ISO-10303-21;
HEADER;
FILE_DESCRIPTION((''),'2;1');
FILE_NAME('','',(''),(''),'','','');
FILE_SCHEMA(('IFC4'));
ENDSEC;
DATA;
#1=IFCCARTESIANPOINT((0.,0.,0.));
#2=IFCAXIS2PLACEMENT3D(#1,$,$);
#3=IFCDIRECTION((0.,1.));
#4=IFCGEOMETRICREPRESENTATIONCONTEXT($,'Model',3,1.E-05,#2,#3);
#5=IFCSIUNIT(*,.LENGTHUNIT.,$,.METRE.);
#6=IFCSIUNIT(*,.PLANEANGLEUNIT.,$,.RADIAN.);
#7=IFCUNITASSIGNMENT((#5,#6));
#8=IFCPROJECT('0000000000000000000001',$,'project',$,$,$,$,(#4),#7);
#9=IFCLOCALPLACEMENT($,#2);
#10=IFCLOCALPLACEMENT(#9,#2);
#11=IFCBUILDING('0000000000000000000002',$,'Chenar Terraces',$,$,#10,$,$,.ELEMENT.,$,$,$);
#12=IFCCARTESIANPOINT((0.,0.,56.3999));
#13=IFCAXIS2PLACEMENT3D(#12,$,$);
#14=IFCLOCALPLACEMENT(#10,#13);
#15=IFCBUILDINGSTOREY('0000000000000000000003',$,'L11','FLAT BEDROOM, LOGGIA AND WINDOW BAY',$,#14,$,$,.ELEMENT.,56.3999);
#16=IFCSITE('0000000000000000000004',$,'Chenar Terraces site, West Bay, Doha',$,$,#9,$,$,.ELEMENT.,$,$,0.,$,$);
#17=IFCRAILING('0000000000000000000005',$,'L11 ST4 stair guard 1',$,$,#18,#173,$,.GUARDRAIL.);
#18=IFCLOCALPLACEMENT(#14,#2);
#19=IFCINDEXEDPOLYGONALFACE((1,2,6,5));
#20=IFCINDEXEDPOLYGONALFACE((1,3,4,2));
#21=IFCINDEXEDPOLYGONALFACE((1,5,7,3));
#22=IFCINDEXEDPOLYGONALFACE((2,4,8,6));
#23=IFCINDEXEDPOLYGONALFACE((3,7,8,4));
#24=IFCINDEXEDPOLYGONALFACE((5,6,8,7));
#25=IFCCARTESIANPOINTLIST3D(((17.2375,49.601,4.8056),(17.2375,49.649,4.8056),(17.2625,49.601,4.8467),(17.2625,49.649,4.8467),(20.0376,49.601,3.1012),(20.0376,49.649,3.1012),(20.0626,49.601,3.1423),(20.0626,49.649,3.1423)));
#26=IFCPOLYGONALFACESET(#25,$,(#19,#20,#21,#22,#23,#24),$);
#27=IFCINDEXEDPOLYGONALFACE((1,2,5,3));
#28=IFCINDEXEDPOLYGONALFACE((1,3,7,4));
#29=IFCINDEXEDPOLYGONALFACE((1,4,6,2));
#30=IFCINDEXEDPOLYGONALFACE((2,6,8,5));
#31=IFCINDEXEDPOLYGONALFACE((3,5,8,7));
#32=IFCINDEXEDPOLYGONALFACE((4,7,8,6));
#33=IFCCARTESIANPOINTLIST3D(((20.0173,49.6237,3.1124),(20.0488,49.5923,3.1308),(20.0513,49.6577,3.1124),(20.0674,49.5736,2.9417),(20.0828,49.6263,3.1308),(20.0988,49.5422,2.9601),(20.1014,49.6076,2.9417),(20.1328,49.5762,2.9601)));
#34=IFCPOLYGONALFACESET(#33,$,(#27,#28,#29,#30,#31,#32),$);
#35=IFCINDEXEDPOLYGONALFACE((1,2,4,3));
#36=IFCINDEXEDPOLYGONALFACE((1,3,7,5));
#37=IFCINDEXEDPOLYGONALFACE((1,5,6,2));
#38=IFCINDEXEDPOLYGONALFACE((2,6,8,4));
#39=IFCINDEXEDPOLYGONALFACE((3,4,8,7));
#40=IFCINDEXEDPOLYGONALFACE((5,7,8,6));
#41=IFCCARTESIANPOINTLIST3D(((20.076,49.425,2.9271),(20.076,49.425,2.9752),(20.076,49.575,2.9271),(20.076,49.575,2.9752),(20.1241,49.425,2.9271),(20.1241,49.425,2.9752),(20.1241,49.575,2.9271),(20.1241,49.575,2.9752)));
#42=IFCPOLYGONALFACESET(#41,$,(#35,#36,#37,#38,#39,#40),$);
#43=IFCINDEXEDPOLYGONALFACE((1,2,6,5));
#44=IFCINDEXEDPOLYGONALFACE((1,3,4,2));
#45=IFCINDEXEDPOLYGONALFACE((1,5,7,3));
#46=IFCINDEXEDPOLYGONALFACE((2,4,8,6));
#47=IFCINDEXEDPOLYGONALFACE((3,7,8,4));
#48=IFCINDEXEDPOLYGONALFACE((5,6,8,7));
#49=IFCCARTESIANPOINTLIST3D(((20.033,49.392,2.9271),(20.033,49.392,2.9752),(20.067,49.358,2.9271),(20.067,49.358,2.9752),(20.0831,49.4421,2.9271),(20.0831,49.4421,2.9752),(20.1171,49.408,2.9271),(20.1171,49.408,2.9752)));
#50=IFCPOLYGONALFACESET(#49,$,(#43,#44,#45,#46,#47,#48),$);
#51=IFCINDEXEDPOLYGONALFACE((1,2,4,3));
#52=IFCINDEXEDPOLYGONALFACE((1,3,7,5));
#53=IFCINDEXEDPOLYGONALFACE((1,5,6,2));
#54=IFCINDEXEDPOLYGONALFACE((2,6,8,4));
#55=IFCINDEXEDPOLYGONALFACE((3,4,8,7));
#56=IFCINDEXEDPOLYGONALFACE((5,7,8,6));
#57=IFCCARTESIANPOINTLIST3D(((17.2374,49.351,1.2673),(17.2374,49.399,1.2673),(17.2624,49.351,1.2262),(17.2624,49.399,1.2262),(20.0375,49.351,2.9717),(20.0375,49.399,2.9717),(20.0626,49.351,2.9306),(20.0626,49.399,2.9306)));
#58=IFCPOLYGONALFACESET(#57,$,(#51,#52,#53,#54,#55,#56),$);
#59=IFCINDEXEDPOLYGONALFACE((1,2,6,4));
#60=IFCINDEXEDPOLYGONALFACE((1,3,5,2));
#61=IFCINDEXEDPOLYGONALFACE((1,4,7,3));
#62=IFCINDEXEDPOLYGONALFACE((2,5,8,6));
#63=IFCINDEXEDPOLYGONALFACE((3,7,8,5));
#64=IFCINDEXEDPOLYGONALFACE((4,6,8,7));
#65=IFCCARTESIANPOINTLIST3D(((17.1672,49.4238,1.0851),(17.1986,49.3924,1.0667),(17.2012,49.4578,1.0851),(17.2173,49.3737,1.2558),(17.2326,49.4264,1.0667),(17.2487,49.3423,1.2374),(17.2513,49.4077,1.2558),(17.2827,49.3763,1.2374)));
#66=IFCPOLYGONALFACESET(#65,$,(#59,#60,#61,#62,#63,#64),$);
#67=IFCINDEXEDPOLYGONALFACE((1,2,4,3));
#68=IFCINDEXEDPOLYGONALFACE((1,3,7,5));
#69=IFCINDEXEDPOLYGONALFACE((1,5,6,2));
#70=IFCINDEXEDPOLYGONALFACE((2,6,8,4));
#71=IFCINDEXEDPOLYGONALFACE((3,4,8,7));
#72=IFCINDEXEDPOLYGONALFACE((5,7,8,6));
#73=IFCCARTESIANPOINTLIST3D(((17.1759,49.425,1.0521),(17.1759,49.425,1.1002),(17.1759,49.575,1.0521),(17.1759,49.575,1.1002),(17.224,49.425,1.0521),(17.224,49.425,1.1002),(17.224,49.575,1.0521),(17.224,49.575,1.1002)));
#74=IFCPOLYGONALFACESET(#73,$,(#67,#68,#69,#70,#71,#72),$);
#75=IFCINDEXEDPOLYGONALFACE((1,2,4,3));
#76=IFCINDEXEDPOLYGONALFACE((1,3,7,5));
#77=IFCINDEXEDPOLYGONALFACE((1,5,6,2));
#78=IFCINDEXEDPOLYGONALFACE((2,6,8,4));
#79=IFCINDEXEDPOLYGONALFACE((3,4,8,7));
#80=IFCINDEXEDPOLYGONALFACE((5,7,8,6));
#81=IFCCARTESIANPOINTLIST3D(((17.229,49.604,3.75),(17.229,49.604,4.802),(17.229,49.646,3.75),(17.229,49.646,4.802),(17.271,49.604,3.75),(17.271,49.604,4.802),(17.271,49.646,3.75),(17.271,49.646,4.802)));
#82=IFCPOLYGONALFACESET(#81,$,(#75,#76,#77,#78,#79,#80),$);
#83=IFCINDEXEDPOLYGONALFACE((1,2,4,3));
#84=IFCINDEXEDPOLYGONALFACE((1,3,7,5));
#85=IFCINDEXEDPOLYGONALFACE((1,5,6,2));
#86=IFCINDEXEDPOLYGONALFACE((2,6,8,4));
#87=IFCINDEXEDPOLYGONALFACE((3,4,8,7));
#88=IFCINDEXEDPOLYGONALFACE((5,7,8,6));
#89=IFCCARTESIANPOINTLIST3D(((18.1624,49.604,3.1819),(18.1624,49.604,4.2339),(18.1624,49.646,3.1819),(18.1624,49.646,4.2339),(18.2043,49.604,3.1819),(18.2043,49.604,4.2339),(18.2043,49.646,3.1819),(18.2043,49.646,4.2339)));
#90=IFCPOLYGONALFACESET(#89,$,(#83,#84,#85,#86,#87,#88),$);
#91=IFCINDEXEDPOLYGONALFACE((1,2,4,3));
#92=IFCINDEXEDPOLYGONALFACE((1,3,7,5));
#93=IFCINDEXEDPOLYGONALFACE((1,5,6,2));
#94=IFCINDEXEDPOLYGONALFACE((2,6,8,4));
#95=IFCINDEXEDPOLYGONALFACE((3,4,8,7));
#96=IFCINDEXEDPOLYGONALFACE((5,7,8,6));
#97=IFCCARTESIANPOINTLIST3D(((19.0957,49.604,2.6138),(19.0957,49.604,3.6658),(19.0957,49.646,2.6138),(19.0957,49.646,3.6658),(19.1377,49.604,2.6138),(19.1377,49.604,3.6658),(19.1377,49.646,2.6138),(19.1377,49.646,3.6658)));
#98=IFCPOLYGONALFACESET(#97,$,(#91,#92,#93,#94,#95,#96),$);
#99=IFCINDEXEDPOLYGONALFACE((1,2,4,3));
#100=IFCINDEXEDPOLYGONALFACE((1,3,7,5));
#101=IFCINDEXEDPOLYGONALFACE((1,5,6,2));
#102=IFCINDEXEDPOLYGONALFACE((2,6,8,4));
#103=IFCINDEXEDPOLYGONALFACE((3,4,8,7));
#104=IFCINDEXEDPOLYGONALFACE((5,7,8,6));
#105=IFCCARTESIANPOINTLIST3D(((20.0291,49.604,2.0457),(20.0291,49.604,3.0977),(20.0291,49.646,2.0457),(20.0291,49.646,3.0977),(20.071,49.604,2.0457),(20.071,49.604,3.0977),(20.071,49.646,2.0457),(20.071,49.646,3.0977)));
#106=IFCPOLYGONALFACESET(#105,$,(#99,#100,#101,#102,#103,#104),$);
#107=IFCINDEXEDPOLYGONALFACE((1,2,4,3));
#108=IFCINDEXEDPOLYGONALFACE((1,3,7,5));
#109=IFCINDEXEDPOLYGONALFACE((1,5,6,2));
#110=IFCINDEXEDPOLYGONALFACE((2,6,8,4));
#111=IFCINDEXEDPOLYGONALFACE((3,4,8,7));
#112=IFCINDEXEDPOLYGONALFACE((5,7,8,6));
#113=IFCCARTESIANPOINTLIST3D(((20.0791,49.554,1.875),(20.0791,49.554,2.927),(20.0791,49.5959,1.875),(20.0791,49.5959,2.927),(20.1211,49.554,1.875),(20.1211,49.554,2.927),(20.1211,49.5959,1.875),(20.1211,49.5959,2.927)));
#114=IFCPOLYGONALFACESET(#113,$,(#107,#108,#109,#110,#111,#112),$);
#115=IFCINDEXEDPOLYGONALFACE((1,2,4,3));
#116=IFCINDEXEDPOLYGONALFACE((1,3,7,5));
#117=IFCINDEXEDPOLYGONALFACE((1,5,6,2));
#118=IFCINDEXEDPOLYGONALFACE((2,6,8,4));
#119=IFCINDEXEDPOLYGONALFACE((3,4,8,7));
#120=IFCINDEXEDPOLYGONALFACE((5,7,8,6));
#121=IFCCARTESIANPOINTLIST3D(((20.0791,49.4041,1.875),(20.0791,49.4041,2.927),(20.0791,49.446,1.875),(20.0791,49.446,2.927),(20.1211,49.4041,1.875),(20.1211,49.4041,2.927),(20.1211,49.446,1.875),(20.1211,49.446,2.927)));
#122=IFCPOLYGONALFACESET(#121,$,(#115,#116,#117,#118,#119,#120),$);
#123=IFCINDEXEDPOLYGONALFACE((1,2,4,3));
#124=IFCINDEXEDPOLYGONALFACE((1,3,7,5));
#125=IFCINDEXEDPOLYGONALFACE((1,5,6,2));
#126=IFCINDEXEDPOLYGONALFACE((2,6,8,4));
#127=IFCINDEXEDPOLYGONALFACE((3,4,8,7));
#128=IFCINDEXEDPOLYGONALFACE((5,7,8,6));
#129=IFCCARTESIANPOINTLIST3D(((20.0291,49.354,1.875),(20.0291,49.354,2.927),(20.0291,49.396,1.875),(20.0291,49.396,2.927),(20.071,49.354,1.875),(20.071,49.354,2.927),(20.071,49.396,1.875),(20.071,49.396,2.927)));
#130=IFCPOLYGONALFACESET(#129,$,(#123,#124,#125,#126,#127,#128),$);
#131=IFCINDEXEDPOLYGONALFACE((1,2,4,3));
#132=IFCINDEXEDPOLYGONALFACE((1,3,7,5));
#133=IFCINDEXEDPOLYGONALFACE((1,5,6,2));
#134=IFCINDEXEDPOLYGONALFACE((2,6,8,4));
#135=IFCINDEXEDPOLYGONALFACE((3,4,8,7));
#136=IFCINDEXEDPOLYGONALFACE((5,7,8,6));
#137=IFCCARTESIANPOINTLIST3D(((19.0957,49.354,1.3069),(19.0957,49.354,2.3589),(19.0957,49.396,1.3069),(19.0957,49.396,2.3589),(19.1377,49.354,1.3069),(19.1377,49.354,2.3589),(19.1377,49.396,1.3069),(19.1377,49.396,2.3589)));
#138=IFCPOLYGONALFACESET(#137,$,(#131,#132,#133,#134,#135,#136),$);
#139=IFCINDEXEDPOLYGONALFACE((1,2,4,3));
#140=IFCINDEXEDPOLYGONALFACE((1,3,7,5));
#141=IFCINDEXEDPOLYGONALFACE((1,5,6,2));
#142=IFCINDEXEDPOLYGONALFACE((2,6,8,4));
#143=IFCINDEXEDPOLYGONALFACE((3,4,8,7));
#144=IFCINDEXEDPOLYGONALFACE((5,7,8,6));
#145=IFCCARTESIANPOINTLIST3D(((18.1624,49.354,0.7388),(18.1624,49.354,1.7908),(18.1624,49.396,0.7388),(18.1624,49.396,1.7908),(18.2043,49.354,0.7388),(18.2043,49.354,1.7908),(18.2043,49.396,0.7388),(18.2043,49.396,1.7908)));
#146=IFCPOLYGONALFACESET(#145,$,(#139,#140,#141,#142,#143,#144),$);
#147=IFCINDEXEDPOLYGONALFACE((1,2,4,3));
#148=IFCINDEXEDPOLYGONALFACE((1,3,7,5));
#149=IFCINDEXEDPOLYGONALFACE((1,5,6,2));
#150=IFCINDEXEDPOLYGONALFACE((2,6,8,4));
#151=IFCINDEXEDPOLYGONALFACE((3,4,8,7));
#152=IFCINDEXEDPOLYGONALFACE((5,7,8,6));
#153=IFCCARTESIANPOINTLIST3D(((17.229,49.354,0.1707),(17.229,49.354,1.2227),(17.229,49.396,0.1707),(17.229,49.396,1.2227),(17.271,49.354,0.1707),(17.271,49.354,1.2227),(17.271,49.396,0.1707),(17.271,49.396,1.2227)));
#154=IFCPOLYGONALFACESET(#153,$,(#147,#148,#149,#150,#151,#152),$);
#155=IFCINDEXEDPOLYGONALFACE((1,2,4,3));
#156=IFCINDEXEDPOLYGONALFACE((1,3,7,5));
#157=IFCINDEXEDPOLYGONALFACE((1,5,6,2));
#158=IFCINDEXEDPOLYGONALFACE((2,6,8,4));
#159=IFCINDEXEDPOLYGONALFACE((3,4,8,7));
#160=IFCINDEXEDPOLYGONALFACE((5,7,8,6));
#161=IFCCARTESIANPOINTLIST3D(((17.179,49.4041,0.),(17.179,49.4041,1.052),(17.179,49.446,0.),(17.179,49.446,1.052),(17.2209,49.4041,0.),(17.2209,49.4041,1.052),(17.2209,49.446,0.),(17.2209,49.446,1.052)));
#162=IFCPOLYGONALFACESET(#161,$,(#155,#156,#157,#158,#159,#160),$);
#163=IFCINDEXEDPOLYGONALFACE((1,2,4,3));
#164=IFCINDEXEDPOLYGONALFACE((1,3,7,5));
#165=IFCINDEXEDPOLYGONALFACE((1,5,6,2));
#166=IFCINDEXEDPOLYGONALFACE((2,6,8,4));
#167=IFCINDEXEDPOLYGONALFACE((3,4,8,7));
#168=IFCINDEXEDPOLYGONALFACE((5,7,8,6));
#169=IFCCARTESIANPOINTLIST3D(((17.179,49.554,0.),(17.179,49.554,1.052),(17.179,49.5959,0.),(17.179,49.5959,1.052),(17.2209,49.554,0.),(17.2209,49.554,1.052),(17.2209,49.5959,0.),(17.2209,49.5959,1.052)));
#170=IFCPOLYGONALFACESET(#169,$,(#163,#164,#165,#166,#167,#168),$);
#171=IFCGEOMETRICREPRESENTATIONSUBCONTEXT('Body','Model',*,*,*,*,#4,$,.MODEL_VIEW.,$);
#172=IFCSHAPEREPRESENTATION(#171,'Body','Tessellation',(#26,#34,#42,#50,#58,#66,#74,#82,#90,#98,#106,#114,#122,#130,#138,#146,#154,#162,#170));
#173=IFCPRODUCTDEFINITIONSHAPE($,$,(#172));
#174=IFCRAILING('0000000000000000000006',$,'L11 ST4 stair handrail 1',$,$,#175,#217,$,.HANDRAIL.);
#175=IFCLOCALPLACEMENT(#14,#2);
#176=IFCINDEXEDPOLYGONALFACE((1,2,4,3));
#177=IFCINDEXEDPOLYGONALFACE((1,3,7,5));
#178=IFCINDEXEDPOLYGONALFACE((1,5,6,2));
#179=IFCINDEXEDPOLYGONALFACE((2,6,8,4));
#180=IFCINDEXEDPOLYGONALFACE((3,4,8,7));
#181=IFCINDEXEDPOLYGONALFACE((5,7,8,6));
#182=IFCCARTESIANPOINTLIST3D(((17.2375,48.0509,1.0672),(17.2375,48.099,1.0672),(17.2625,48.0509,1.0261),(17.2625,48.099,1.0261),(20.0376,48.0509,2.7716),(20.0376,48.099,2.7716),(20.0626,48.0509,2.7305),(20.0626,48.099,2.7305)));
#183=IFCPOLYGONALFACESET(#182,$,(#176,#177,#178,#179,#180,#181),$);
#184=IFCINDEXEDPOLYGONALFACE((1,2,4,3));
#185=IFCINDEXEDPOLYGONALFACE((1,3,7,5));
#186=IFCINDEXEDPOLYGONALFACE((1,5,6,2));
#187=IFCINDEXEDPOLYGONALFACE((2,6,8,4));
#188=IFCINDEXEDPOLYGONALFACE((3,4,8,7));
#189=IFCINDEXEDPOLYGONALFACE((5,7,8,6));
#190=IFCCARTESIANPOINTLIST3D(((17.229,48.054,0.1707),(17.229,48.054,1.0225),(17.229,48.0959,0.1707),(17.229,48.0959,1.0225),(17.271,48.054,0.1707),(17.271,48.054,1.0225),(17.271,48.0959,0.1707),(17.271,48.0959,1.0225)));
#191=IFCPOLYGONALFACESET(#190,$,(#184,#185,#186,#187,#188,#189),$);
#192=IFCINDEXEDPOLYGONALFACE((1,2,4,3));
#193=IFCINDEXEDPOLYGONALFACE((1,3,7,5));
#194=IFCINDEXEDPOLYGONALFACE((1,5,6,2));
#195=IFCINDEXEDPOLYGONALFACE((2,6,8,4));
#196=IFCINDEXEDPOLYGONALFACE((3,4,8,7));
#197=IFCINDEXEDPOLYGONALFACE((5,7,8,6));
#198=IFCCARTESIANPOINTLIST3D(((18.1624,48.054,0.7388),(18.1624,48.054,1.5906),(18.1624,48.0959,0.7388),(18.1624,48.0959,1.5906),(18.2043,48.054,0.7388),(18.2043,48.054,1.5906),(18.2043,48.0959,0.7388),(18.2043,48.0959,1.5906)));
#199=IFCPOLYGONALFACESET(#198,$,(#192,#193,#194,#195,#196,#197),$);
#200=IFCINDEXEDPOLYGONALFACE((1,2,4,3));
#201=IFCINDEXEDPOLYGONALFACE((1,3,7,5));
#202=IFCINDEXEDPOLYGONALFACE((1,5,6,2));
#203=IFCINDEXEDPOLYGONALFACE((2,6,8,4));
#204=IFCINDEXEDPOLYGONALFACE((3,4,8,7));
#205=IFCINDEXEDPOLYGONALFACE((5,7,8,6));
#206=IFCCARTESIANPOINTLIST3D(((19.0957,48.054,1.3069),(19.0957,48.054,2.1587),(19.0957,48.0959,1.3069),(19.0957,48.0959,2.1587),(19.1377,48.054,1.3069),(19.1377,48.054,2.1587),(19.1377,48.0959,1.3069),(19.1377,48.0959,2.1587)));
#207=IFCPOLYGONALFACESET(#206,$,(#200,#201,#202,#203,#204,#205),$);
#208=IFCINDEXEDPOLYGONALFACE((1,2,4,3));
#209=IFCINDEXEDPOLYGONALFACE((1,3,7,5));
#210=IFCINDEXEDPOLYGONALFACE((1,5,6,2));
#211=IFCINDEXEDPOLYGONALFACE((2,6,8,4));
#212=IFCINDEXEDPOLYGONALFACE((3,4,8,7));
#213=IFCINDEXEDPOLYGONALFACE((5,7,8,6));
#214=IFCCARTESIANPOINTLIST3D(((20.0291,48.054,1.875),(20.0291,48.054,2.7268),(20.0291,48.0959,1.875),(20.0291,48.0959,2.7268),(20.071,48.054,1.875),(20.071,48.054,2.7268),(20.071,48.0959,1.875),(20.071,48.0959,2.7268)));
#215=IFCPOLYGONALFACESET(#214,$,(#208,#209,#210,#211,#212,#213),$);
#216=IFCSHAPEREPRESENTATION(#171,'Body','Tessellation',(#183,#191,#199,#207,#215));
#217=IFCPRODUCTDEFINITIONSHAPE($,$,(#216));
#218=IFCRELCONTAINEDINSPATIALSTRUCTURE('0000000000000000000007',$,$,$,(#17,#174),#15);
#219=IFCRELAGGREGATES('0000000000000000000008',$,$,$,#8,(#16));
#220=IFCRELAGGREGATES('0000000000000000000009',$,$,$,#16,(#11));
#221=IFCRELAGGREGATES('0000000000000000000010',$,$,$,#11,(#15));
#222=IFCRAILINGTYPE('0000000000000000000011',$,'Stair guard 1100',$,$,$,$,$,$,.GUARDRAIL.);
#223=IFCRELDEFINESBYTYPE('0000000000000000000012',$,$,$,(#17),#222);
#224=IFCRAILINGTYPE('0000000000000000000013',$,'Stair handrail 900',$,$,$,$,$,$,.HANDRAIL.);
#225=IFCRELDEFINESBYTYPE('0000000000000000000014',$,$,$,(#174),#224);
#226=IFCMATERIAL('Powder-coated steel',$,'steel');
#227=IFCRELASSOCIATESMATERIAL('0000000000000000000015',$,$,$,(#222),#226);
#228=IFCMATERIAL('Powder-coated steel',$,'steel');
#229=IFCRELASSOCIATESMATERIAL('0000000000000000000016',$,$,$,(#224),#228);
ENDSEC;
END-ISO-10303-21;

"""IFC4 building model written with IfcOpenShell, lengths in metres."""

from ifc_helpers import new_model, si_unit, direction, frame, origin, origin_2d, place, context, subcontext, project, spatial, rectangle, extrude, material, type_object, element, save


model = new_model("IFC4")

# Units and contexts
model_context = context("Model", 3, precision=1e-05, world=origin(), true_north=direction((0.0, 1.0)))
body_context = subcontext(model_context, "Body", "Model", "MODEL_VIEW")
ifc_project = project(units=[si_unit("LENGTHUNIT", "METRE"), si_unit("PLANEANGLEUNIT", "RADIAN")], contexts=[model_context])

# Site, building, storey
site_placement = place(None, origin())
site = spatial("IfcSite", under=ifc_project, at=site_placement, Name="Chenar Terraces site, West Bay, Doha", CompositionType="ELEMENT", RefElevation=0.0)
building_placement = place(site_placement, origin())
building = spatial("IfcBuilding", under=site, at=building_placement, Name="Chenar Terraces", CompositionType="ELEMENT")
storey_placement = place(building_placement, frame((0.0, 0.0, 56.3999)))
storey = spatial("IfcBuildingStorey", under=building, at=storey_placement, Name="L11", Description="FLAT BEDROOM, LOGGIA AND WINDOW BAY", CompositionType="ELEMENT", Elevation=56.3999)

# Railings
ifc_material_1 = material(Name="Powder-coated steel", Category="steel")
railing_type_1 = type_object("IfcRailingType", Name="Stair guard 1100", PredefinedType="GUARDRAIL", material=ifc_material_1)
railing_1_placement = place(storey_placement, frame((17.25, 49.625, 3.75)))
element("IfcRailing", 1, at=railing_1_placement, inside=storey, type_object=railing_type_1, Name="L11 ST4 stair guard 1", PredefinedType="GUARDRAIL", context=body_context, shape_type="SweptSolid", body=[
    extrude(rectangle(XDim=0.0481, YDim=0.0481, at=origin_2d()), frame((0.0, 0.0, 1.0762), z_axis=(0.854203, 0.0, -0.51994), x_axis=(0.0, 1.0, 0.0)), (0.0, 0.0, 1.0), 3.2781),
    extrude(rectangle(XDim=0.0481, YDim=0.0481, at=origin_2d()), frame((2.8, 0.0, -0.6284), z_axis=(0.2709, -0.2709, -0.923703), x_axis=(0.707107, 0.707107, 0.0)), (0.0, 0.0, 1.0), 0.1848),
    extrude(rectangle(XDim=0.0481, YDim=0.0481, at=origin_2d()), frame((2.8501, -0.05, -0.7988), z_axis=(0.0, -1.0, 0.0), x_axis=(1.0, 0.0, 0.0)), (0.0, 0.0, 1.0), 0.1499),
    extrude(rectangle(XDim=0.0481, YDim=0.0481, at=origin_2d()), frame((2.8501, -0.2, -0.7988), z_axis=(-0.707107, -0.707107, 0.0), x_axis=(0.707107, -0.707107, 0.0)), (0.0, 0.0, 1.0), 0.0708),
    extrude(rectangle(XDim=0.0481, YDim=0.0481, at=origin_2d()), frame((2.8, -0.25, -0.7988), z_axis=(-0.854203, 0.0, -0.51994), x_axis=(0.0, -1.0, 0.0)), (0.0, 0.0, 1.0), 3.2781),
    extrude(rectangle(XDim=0.0481, YDim=0.0481, at=origin_2d()), frame((0.0, -0.25, -2.5034), z_axis=(-0.2709, 0.2709, -0.923703), x_axis=(-0.707107, -0.707107, 0.0)), (0.0, 0.0, 1.0), 0.1848),
    extrude(rectangle(XDim=0.0481, YDim=0.0481, at=origin_2d()), frame((-0.05, -0.2, -2.6738), z_axis=(0.0, 1.0, 0.0), x_axis=(-1.0, 0.0, 0.0)), (0.0, 0.0, 1.0), 0.1499),
    extrude(rectangle(XDim=0.042, YDim=0.042, at=origin_2d()), origin(), (0.0, 0.0, 1.0), 1.052),
    extrude(rectangle(XDim=0.042, YDim=0.042, at=origin_2d()), frame((0.9333, 0.0, -0.5681)), (0.0, 0.0, 1.0), 1.052),
    extrude(rectangle(XDim=0.042, YDim=0.042, at=origin_2d()), frame((1.8667, 0.0, -1.1362)), (0.0, 0.0, 1.0), 1.052),
    extrude(rectangle(XDim=0.042, YDim=0.042, at=origin_2d()), frame((2.8, 0.0, -1.7043)), (0.0, 0.0, 1.0), 1.052),
    extrude(rectangle(XDim=0.042, YDim=0.042, at=origin_2d()), frame((2.8501, -0.05, -1.875)), (0.0, 0.0, 1.0), 1.052),
    extrude(rectangle(XDim=0.042, YDim=0.042, at=origin_2d()), frame((2.8501, -0.2, -1.875)), (0.0, 0.0, 1.0), 1.052),
    extrude(rectangle(XDim=0.042, YDim=0.042, at=origin_2d()), frame((2.8, -0.25, -1.875)), (0.0, 0.0, 1.0), 1.052),
    extrude(rectangle(XDim=0.042, YDim=0.042, at=origin_2d()), frame((1.8667, -0.25, -2.4431)), (0.0, 0.0, 1.0), 1.052),
    extrude(rectangle(XDim=0.042, YDim=0.042, at=origin_2d()), frame((0.9333, -0.25, -3.0112)), (0.0, 0.0, 1.0), 1.052),
    extrude(rectangle(XDim=0.042, YDim=0.042, at=origin_2d()), frame((0.0, -0.25, -3.5793)), (0.0, 0.0, 1.0), 1.052),
    extrude(rectangle(XDim=0.042, YDim=0.042, at=origin_2d()), frame((-0.05, -0.2, -3.75)), (0.0, 0.0, 1.0), 1.052),
    extrude(rectangle(XDim=0.042, YDim=0.042, at=origin_2d()), frame((-0.05, -0.05, -3.75)), (0.0, 0.0, 1.0), 1.052),
])
ifc_material_2 = material(Name="Powder-coated steel", Category="steel")
railing_type_2 = type_object("IfcRailingType", Name="Stair handrail 900", PredefinedType="HANDRAIL", material=ifc_material_2)
railing_2_placement = place(storey_placement, frame((17.25, 48.075, 0.1707)))
element("IfcRailing", 2, at=railing_2_placement, inside=storey, type_object=railing_type_2, Name="L11 ST4 stair handrail 1", PredefinedType="HANDRAIL", context=body_context, shape_type="SweptSolid", body=[
    extrude(rectangle(XDim=0.0481, YDim=0.0481, at=origin_2d()), frame((0.0, 0.0, 0.876), z_axis=(0.854203, 0.0, 0.51994), x_axis=(0.0, 1.0, 0.0)), (0.0, 0.0, 1.0), 3.2781),
    extrude(rectangle(XDim=0.042, YDim=0.042, at=origin_2d()), origin(), (0.0, 0.0, 1.0), 0.8518),
    extrude(rectangle(XDim=0.042, YDim=0.042, at=origin_2d()), frame((0.9333, 0.0, 0.5681)), (0.0, 0.0, 1.0), 0.8518),
    extrude(rectangle(XDim=0.042, YDim=0.042, at=origin_2d()), frame((1.8667, 0.0, 1.1362)), (0.0, 0.0, 1.0), 0.8518),
    extrude(rectangle(XDim=0.042, YDim=0.042, at=origin_2d()), frame((2.8, 0.0, 1.7043)), (0.0, 0.0, 1.0), 0.8518),
])

save(model, "model.ifc")
